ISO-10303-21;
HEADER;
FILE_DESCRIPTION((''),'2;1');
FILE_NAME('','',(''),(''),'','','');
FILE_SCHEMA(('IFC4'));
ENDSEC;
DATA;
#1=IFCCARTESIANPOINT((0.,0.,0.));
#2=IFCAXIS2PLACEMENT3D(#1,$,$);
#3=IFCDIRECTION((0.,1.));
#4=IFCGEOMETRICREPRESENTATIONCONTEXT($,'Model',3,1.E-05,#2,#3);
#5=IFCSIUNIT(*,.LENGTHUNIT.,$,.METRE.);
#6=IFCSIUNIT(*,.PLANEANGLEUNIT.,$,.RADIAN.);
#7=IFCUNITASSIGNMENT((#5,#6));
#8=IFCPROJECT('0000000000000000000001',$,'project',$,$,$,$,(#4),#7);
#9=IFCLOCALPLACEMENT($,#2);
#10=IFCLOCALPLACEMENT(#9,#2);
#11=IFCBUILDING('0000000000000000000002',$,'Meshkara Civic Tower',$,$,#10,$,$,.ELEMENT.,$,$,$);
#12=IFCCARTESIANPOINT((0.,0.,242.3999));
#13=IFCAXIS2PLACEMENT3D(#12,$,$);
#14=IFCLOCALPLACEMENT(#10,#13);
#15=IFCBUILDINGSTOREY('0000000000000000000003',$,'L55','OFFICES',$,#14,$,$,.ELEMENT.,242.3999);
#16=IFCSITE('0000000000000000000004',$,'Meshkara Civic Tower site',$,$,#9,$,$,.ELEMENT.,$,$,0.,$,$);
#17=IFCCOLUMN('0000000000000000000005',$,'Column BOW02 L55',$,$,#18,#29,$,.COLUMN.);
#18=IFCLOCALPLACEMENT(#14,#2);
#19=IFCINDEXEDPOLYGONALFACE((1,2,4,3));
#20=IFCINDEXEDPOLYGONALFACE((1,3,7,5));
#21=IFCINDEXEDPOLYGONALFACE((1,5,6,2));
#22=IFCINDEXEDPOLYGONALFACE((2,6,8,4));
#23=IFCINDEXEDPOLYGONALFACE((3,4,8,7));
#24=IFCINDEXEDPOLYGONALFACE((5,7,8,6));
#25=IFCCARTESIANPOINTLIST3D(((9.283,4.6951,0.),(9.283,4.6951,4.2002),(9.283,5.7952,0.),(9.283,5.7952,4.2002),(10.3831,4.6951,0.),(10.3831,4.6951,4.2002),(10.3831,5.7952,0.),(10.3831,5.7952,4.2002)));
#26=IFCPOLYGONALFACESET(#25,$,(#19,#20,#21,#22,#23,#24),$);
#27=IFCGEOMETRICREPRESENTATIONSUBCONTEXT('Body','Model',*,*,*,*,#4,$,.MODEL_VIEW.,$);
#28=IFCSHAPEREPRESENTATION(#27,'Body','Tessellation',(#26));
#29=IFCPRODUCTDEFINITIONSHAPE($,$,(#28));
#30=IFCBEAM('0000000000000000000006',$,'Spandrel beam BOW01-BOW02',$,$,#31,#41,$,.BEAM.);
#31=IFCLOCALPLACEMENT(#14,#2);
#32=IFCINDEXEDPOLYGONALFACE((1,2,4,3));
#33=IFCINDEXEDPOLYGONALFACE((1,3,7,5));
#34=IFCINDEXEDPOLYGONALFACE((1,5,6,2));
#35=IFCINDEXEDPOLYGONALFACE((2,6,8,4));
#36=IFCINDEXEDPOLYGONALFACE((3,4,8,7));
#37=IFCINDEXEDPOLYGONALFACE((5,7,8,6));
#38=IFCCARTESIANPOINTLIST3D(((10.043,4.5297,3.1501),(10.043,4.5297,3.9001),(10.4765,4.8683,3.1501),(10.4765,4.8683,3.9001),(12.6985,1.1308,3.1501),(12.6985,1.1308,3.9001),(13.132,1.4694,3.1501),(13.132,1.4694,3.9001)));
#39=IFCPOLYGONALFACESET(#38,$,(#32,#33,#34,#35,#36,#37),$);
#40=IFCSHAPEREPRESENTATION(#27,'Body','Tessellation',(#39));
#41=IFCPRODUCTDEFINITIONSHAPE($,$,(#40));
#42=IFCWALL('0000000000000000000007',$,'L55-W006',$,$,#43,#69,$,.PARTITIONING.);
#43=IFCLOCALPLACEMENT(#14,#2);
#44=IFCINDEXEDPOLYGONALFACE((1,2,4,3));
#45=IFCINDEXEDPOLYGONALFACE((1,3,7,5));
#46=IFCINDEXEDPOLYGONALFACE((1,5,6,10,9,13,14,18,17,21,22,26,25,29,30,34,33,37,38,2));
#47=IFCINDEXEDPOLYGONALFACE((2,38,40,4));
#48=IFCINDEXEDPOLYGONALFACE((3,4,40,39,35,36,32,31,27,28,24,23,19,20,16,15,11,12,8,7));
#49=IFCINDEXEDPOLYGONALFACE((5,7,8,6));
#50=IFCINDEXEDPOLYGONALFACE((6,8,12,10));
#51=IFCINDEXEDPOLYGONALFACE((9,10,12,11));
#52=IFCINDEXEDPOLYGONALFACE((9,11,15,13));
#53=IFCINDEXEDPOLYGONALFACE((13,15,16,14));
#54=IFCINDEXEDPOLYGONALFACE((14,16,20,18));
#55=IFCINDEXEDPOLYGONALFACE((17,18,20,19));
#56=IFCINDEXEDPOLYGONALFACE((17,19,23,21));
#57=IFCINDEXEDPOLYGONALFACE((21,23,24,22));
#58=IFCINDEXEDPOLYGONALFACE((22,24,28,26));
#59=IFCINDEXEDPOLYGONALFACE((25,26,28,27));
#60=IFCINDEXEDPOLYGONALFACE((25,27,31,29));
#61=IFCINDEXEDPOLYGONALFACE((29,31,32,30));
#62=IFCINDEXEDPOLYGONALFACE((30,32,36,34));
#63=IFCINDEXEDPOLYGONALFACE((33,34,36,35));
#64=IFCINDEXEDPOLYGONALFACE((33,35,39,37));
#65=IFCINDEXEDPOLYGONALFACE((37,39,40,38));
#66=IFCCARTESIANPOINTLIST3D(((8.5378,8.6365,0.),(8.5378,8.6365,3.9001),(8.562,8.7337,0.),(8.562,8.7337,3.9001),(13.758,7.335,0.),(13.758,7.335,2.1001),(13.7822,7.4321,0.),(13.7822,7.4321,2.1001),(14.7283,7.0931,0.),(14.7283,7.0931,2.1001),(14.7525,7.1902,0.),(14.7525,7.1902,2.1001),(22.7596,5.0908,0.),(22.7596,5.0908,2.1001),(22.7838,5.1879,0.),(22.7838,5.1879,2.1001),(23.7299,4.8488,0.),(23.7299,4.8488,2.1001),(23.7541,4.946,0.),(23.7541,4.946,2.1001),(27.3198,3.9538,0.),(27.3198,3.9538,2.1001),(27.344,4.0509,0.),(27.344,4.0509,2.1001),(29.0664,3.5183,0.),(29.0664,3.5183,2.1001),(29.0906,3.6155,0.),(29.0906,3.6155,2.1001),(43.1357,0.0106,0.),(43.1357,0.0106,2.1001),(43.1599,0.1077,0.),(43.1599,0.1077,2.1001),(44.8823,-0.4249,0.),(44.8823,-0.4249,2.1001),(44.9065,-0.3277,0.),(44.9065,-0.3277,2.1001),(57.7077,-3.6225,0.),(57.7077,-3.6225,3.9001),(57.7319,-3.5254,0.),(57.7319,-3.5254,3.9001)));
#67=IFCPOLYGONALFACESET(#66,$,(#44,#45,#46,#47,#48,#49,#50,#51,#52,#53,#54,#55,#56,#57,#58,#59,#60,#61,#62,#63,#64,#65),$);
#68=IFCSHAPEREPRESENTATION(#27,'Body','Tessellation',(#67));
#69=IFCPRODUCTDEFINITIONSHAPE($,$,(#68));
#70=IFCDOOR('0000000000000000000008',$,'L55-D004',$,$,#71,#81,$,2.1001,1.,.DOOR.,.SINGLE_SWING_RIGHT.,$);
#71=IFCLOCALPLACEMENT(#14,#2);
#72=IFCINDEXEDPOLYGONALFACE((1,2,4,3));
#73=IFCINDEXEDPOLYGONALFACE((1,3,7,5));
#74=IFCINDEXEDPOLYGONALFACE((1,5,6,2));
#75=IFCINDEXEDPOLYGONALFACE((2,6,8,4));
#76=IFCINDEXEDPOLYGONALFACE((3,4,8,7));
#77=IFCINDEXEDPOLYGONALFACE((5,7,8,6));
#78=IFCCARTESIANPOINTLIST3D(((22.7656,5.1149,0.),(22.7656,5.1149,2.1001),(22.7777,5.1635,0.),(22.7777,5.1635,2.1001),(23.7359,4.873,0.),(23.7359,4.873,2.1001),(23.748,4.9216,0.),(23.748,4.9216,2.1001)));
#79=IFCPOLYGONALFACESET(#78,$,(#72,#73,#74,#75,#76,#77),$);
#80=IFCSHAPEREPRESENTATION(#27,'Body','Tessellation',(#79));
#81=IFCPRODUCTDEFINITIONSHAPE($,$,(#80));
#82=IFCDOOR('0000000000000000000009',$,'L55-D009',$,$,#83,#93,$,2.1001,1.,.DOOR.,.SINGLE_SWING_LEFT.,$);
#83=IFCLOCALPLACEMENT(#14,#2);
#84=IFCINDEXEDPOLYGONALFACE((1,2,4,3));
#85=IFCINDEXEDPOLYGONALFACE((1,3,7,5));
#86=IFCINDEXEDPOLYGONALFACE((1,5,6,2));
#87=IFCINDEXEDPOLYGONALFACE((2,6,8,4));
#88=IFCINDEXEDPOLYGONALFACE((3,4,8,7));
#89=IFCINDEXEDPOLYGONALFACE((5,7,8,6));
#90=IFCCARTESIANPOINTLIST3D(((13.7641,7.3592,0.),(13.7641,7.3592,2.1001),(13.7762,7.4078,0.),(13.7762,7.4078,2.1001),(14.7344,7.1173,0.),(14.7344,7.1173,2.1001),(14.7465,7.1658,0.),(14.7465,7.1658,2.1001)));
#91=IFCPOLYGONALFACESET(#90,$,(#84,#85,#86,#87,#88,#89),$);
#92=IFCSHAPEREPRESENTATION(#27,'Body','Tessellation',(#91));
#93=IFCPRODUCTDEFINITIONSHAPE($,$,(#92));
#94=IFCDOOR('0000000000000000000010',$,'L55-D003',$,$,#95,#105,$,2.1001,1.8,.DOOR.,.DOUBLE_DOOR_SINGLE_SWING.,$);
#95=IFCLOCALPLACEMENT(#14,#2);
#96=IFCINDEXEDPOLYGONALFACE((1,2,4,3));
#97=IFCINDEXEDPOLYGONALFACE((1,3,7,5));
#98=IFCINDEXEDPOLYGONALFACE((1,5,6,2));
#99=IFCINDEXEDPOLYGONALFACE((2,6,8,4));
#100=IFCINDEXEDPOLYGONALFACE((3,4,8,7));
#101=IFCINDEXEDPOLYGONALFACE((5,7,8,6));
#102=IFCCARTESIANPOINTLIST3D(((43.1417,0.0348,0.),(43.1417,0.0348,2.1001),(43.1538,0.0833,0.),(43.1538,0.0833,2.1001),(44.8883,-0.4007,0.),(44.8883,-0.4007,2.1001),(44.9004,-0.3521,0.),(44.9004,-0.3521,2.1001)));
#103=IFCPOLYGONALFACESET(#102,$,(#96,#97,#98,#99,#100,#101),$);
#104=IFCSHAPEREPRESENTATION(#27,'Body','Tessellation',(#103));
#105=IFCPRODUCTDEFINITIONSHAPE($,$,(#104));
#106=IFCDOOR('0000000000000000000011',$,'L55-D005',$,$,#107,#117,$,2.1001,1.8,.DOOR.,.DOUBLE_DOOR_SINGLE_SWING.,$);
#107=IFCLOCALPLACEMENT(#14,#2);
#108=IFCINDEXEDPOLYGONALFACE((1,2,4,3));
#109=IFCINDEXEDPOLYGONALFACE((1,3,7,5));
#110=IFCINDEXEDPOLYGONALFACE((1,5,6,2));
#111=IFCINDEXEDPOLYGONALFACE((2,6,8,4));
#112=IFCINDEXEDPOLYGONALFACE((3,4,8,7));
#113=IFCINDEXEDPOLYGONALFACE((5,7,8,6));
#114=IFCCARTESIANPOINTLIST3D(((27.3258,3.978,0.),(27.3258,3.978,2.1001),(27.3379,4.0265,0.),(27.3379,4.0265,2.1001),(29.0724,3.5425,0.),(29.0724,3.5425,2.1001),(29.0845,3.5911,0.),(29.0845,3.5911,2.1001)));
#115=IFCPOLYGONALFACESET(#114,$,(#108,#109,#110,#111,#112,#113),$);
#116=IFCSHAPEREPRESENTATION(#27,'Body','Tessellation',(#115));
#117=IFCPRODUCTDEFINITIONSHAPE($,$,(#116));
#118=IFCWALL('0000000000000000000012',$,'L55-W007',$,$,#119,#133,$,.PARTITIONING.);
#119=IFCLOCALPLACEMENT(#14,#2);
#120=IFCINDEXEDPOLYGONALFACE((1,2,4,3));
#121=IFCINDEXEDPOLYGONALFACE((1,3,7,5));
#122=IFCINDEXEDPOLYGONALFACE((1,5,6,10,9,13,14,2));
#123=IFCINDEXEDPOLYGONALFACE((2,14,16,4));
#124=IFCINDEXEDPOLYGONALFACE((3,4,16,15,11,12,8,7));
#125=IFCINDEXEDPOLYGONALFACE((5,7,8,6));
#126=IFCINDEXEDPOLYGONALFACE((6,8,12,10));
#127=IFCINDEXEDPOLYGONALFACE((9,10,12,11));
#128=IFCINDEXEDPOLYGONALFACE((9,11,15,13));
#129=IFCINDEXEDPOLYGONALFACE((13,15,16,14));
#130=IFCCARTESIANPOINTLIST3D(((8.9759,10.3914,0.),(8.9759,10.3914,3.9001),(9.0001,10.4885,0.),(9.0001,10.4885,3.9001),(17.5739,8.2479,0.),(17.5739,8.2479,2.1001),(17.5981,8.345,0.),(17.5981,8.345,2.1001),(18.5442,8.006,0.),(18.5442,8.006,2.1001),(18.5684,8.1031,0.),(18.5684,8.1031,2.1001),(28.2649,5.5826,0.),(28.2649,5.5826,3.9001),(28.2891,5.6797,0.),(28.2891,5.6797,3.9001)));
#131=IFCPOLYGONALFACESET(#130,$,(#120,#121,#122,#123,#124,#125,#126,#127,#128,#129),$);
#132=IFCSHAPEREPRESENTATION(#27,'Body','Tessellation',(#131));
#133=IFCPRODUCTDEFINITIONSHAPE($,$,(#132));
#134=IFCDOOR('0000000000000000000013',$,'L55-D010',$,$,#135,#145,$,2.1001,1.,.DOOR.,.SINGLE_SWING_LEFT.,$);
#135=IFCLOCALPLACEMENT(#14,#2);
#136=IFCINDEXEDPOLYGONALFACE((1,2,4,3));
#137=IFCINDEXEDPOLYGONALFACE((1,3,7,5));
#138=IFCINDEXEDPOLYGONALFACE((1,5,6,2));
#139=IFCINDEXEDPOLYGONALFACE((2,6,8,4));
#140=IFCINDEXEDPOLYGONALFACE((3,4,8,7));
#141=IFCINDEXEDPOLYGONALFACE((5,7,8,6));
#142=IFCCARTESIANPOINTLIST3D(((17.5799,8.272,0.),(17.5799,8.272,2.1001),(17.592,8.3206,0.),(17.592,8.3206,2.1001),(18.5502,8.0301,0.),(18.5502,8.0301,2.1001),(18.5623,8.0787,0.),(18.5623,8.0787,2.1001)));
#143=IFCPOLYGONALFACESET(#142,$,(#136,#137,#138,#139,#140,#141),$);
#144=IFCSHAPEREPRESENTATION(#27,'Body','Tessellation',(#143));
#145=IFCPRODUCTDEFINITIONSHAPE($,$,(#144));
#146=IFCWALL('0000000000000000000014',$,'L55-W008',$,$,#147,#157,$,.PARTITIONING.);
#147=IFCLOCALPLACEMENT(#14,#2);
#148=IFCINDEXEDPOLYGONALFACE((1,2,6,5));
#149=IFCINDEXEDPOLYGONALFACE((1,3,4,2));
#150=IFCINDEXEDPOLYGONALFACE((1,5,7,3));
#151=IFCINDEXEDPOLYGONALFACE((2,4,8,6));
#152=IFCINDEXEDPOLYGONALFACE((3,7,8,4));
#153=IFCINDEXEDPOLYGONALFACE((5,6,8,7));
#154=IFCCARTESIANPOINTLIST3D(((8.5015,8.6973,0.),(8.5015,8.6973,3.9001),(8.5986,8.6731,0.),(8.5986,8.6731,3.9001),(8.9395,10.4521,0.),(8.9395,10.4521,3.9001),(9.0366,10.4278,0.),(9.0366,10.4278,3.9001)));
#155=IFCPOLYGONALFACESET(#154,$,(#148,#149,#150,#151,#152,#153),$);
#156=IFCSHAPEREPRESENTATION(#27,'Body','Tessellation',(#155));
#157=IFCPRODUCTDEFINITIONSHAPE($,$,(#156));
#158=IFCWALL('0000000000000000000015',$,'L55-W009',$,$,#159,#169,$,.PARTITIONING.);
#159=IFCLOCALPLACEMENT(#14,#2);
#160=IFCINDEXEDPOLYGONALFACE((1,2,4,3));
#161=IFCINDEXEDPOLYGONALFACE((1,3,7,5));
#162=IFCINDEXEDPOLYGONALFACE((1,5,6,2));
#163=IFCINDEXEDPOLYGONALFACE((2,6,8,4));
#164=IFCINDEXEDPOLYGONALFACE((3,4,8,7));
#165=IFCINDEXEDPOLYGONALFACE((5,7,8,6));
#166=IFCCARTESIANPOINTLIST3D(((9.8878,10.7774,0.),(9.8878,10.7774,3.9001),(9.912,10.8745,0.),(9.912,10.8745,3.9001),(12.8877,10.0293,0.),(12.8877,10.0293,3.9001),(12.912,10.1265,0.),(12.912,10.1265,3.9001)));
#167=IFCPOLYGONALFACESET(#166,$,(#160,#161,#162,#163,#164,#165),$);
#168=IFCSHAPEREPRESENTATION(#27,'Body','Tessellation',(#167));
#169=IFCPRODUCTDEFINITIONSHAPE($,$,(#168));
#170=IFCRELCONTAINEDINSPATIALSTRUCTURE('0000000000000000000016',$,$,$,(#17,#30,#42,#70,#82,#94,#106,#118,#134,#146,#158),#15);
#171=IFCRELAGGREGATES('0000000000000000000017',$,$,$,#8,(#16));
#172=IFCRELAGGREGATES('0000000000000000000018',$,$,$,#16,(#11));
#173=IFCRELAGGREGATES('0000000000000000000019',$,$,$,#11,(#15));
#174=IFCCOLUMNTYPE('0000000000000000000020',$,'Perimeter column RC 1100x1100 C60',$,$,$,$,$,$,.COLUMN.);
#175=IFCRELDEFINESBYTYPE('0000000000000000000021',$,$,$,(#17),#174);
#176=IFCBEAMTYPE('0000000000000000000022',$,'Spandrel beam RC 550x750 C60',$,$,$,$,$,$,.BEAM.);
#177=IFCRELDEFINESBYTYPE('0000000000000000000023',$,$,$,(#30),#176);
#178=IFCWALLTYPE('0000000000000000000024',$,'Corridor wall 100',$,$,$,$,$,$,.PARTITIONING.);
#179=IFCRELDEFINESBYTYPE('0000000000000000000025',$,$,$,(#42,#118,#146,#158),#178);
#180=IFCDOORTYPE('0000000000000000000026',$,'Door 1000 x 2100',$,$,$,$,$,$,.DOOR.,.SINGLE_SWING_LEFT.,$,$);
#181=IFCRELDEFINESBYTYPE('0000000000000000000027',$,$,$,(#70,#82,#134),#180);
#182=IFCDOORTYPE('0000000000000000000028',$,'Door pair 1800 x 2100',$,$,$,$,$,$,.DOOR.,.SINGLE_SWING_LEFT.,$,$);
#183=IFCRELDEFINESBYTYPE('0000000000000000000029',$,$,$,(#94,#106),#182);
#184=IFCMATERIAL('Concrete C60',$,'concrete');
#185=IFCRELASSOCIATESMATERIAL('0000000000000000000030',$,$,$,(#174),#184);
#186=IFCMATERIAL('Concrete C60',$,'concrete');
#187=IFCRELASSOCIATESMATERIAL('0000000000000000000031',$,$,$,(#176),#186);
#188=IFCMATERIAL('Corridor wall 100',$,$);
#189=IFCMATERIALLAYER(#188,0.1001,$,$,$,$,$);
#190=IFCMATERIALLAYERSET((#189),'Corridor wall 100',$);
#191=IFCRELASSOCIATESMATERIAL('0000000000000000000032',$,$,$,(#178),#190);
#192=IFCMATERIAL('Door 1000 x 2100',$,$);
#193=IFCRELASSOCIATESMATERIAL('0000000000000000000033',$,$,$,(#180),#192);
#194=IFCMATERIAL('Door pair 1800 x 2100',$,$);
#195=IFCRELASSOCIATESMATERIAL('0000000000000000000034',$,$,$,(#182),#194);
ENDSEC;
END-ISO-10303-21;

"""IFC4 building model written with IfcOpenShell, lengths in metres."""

from ifc_helpers import new_model, si_unit, direction, frame, frame_2d, origin, origin_2d, place, context, subcontext, project, spatial, rectangle, extrude, material, layer, layer_set, material_profile, profile_set, type_object, element, fill, save


model = new_model("IFC4")

# Units and contexts
model_context = context("Model", 3, precision=1e-05, world=origin(), true_north=direction((0.0, 1.0)))
body_context = subcontext(model_context, "Body", "Model", "MODEL_VIEW")
ifc_project = project(units=[si_unit("LENGTHUNIT", "METRE"), si_unit("PLANEANGLEUNIT", "RADIAN")], contexts=[model_context])

# Site, building, storey
site_placement = place(None, origin())
site = spatial("IfcSite", under=ifc_project, at=site_placement, Name="Meshkara Civic Tower site", CompositionType="ELEMENT", RefElevation=0.0)
building_placement = place(site_placement, origin())
building = spatial("IfcBuilding", under=site, at=building_placement, Name="Meshkara Civic Tower", CompositionType="ELEMENT")
storey_placement = place(building_placement, frame((0.0, 0.0, 242.3999)))
storey = spatial("IfcBuildingStorey", under=building, at=storey_placement, Name="L55", Description="OFFICES", CompositionType="ELEMENT", Elevation=242.3999)

# Column
ifc_material_1 = material(Name="Concrete C60", Category="concrete")
ifc_material_profile_1 = material_profile(ifc_material_1, rectangle(XDim=1.1001, YDim=1.1001, at=origin_2d()))
ifc_profile_set_1 = profile_set([ifc_material_profile_1], Name="Concrete C60")
column_type = type_object("IfcColumnType", Name="Perimeter column RC 1100x1100 C60", PredefinedType="COLUMN", material=ifc_profile_set_1)
column_placement = place(storey_placement, frame((9.833, 5.2451, 0.0), z_axis=(0.0, 0.0, 1.0), x_axis=(1.0, 0.0, 0.0)))
element("IfcColumn", 1, at=column_placement, inside=storey, type_object=column_type, Name="Column BOW02 L55", PredefinedType="COLUMN", context=body_context, shape_type="SweptSolid", body=[
    extrude(rectangle(XDim=1.1001, YDim=1.1001, at=origin_2d()), origin(), (0.0, 0.0, 1.0), 4.2002),
])

# Beam
ifc_material_2 = material(Name="Concrete C60", Category="concrete")
ifc_material_profile_2 = material_profile(ifc_material_2, rectangle(XDim=0.55, YDim=0.75, at=origin_2d()))
ifc_profile_set_2 = profile_set([ifc_material_profile_2], Name="Concrete C60")
beam_type = type_object("IfcBeamType", Name="Spandrel beam RC 550x750 C60", PredefinedType="BEAM", material=ifc_profile_set_2)
beam_placement = place(storey_placement, frame((10.2598, 4.699, 3.5251), z_axis=(0.615659, -0.788012, 0.0), x_axis=(0.788012, 0.615659, 0.0)))
element("IfcBeam", 2, at=beam_placement, inside=storey, type_object=beam_type, Name="Spandrel beam BOW01-BOW02", PredefinedType="BEAM", context=body_context, shape_type="SweptSolid", body=[
    extrude(rectangle(XDim=0.55, YDim=0.75, at=origin_2d()), origin(), (0.0, 0.0, 1.0), 4.3132),
])

# Wall, openings, doors
ifc_material_3 = material(Name="Corridor wall 100")
ifc_layer_1 = layer(ifc_material_3, 0.1001)
ifc_layer_set_1 = layer_set([ifc_layer_1], Name="Corridor wall 100")
wall_type_1 = type_object("IfcWallType", Name="Corridor wall 100", PredefinedType="PARTITIONING", material=ifc_layer_set_1)
wall_1_placement = place(storey_placement, frame((8.55, 8.6851, 0.0), z_axis=(0.0, 0.0, 1.0), x_axis=(0.970298, -0.241914, 0.0)))
wall_1 = element("IfcWall", 3, at=wall_1_placement, inside=storey, type_object=wall_type_1, Name="L55-W006", PredefinedType="PARTITIONING", context=body_context, shape_type="SweptSolid", body=[
    extrude(rectangle(XDim=50.675, YDim=0.1001, at=frame_2d((25.3374, 0.0))), origin(), (0.0, 0.0, 1.0), 3.9001),
])
opening_1_placement = place(wall_1_placement, frame((35.657, 0.0, 0.0)))
opening_1 = element("IfcOpeningElement", 4, at=opening_1_placement, cuts=wall_1, PredefinedType="OPENING", context=body_context, shape_type="SweptSolid", body=[
    extrude(rectangle(XDim=1.8, YDim=2.1001, at=frame_2d((0.8999, 1.05))), frame((0.0, 0.0601, 0.0), z_axis=(0.0, -1.0, 0.0), x_axis=(1.0, 0.0, 0.0)), (0.0, 0.0, 1.0), 0.1201),
])
opening_2_placement = place(wall_1_placement, frame((14.657, 0.0, 0.0)))
opening_2 = element("IfcOpeningElement", 5, at=opening_2_placement, cuts=wall_1, PredefinedType="OPENING", context=body_context, shape_type="SweptSolid", body=[
    extrude(rectangle(XDim=1.0, YDim=2.1001, at=frame_2d((0.5, 1.05))), frame((0.0, 0.0601, 0.0), z_axis=(0.0, -1.0, 0.0), x_axis=(1.0, 0.0, 0.0)), (0.0, 0.0, 1.0), 0.1201),
])
opening_3_placement = place(wall_1_placement, frame((19.3569, 0.0, 0.0)))
opening_3 = element("IfcOpeningElement", 6, at=opening_3_placement, cuts=wall_1, PredefinedType="OPENING", context=body_context, shape_type="SweptSolid", body=[
    extrude(rectangle(XDim=1.8, YDim=2.1001, at=frame_2d((0.8999, 1.05))), frame((0.0, 0.0601, 0.0), z_axis=(0.0, -1.0, 0.0), x_axis=(1.0, 0.0, 0.0)), (0.0, 0.0, 1.0), 0.1201),
])
opening_4_placement = place(wall_1_placement, frame((5.3799, 0.0, 0.0)))
opening_4 = element("IfcOpeningElement", 7, at=opening_4_placement, cuts=wall_1, PredefinedType="OPENING", context=body_context, shape_type="SweptSolid", body=[
    extrude(rectangle(XDim=1.0, YDim=2.1001, at=frame_2d((0.5, 1.05))), frame((0.0, 0.0601, 0.0), z_axis=(0.0, -1.0, 0.0), x_axis=(1.0, 0.0, 0.0)), (0.0, 0.0, 1.0), 0.1201),
])
ifc_material_4 = material(Name="Door 1000 x 2100")
door_type_1 = type_object("IfcDoorType", Name="Door 1000 x 2100", OperationType="SINGLE_SWING_LEFT", PredefinedType="DOOR", material=ifc_material_4)
door_1_placement = place(opening_2_placement, origin())
door_1 = element("IfcDoor", 8, at=door_1_placement, inside=storey, type_object=door_type_1, Name="L55-D004", OperationType="SINGLE_SWING_RIGHT", OverallHeight=2.1001, OverallWidth=1.0, PredefinedType="DOOR", context=body_context, shape_type="SweptSolid", body=[
    extrude(rectangle(XDim=1.0, YDim=2.1001, at=frame_2d((0.5, 1.05))), frame((0.0, 0.0249, 0.0), z_axis=(0.0, -1.0, 0.0), x_axis=(1.0, 0.0, 0.0)), (0.0, 0.0, 1.0), 0.05),
])
fill(opening_2, door_1)
door_2_placement = place(opening_4_placement, origin())
door_2 = element("IfcDoor", 9, at=door_2_placement, inside=storey, type_object=door_type_1, Name="L55-D009", OperationType="SINGLE_SWING_LEFT", OverallHeight=2.1001, OverallWidth=1.0, PredefinedType="DOOR", context=body_context, shape_type="SweptSolid", body=[
    extrude(rectangle(XDim=1.0, YDim=2.1001, at=frame_2d((0.5, 1.05))), frame((0.0, 0.0249, 0.0), z_axis=(0.0, -1.0, 0.0), x_axis=(1.0, 0.0, 0.0)), (0.0, 0.0, 1.0), 0.05),
])
fill(opening_4, door_2)
ifc_material_5 = material(Name="Door pair 1800 x 2100")
door_type_2 = type_object("IfcDoorType", Name="Door pair 1800 x 2100", OperationType="SINGLE_SWING_LEFT", PredefinedType="DOOR", material=ifc_material_5)
door_3_placement = place(opening_1_placement, origin())
door_3 = element("IfcDoor", 10, at=door_3_placement, inside=storey, type_object=door_type_2, Name="L55-D003", OperationType="DOUBLE_DOOR_SINGLE_SWING", OverallHeight=2.1001, OverallWidth=1.8, PredefinedType="DOOR", context=body_context, shape_type="SweptSolid", body=[
    extrude(rectangle(XDim=1.8, YDim=2.1001, at=frame_2d((0.8999, 1.05))), frame((0.0, 0.0249, 0.0), z_axis=(0.0, -1.0, 0.0), x_axis=(1.0, 0.0, 0.0)), (0.0, 0.0, 1.0), 0.05),
])
fill(opening_1, door_3)
door_4_placement = place(opening_3_placement, origin())
door_4 = element("IfcDoor", 11, at=door_4_placement, inside=storey, type_object=door_type_2, Name="L55-D005", OperationType="DOUBLE_DOOR_SINGLE_SWING", OverallHeight=2.1001, OverallWidth=1.8, PredefinedType="DOOR", context=body_context, shape_type="SweptSolid", body=[
    extrude(rectangle(XDim=1.8, YDim=2.1001, at=frame_2d((0.8999, 1.05))), frame((0.0, 0.0249, 0.0), z_axis=(0.0, -1.0, 0.0), x_axis=(1.0, 0.0, 0.0)), (0.0, 0.0, 1.0), 0.05),
])
fill(opening_3, door_4)

# Wall, opening, door
wall_2_placement = place(storey_placement, frame((8.988, 10.4399, 0.0), z_axis=(0.0, 0.0, 1.0), x_axis=(0.970301, -0.2419, 0.0)))
wall_2 = element("IfcWall", 12, at=wall_2_placement, inside=storey, type_object=wall_type_1, Name="L55-W007", PredefinedType="PARTITIONING", context=body_context, shape_type="SweptSolid", body=[
    extrude(rectangle(XDim=19.8794, YDim=0.1001, at=frame_2d((9.9397, 0.0))), origin(), (0.0, 0.0, 1.0), 3.9001),
])
opening_5_placement = place(wall_2_placement, frame((8.8611, 0.0, 0.0)))
opening_5 = element("IfcOpeningElement", 13, at=opening_5_placement, cuts=wall_2, PredefinedType="OPENING", context=body_context, shape_type="SweptSolid", body=[
    extrude(rectangle(XDim=1.0, YDim=2.1001, at=frame_2d((0.5, 1.05))), frame((0.0, 0.0601, 0.0), z_axis=(0.0, -1.0, 0.0), x_axis=(1.0, 0.0, 0.0)), (0.0, 0.0, 1.0), 0.1201),
])
door_5_placement = place(opening_5_placement, origin())
door_5 = element("IfcDoor", 14, at=door_5_placement, inside=storey, type_object=door_type_1, Name="L55-D010", OperationType="SINGLE_SWING_LEFT", OverallHeight=2.1001, OverallWidth=1.0, PredefinedType="DOOR", context=body_context, shape_type="SweptSolid", body=[
    extrude(rectangle(XDim=1.0, YDim=2.1001, at=frame_2d((0.5, 1.05))), frame((0.0, 0.0249, 0.0), z_axis=(0.0, -1.0, 0.0), x_axis=(1.0, 0.0, 0.0)), (0.0, 0.0, 1.0), 0.05),
])
fill(opening_5, door_5)

# Walls
wall_3_placement = place(storey_placement, frame((8.988, 10.4399, 0.0), z_axis=(0.0, 0.0, 1.0), x_axis=(-0.242154, -0.970238, 0.0)))
element("IfcWall", 15, at=wall_3_placement, inside=storey, type_object=wall_type_1, Name="L55-W008", PredefinedType="PARTITIONING", context=body_context, shape_type="SweptSolid", body=[
    extrude(rectangle(XDim=1.8086, YDim=0.1001, at=frame_2d((0.9043, 0.0))), origin(), (0.0, 0.0, 1.0), 3.9001),
])
wall_4_placement = place(storey_placement, frame((9.8999, 10.8259, 0.0), z_axis=(0.0, 0.0, 1.0), x_axis=(0.970291, -0.241941, 0.0)))
element("IfcWall", 16, at=wall_4_placement, inside=storey, type_object=wall_type_1, Name="L55-W009", PredefinedType="PARTITIONING", context=body_context, shape_type="SweptSolid", body=[
    extrude(rectangle(XDim=3.0918, YDim=0.1001, at=frame_2d((1.5459, 0.0))), origin(), (0.0, 0.0, 1.0), 3.9001),
])

save(model, "model.ifc")
